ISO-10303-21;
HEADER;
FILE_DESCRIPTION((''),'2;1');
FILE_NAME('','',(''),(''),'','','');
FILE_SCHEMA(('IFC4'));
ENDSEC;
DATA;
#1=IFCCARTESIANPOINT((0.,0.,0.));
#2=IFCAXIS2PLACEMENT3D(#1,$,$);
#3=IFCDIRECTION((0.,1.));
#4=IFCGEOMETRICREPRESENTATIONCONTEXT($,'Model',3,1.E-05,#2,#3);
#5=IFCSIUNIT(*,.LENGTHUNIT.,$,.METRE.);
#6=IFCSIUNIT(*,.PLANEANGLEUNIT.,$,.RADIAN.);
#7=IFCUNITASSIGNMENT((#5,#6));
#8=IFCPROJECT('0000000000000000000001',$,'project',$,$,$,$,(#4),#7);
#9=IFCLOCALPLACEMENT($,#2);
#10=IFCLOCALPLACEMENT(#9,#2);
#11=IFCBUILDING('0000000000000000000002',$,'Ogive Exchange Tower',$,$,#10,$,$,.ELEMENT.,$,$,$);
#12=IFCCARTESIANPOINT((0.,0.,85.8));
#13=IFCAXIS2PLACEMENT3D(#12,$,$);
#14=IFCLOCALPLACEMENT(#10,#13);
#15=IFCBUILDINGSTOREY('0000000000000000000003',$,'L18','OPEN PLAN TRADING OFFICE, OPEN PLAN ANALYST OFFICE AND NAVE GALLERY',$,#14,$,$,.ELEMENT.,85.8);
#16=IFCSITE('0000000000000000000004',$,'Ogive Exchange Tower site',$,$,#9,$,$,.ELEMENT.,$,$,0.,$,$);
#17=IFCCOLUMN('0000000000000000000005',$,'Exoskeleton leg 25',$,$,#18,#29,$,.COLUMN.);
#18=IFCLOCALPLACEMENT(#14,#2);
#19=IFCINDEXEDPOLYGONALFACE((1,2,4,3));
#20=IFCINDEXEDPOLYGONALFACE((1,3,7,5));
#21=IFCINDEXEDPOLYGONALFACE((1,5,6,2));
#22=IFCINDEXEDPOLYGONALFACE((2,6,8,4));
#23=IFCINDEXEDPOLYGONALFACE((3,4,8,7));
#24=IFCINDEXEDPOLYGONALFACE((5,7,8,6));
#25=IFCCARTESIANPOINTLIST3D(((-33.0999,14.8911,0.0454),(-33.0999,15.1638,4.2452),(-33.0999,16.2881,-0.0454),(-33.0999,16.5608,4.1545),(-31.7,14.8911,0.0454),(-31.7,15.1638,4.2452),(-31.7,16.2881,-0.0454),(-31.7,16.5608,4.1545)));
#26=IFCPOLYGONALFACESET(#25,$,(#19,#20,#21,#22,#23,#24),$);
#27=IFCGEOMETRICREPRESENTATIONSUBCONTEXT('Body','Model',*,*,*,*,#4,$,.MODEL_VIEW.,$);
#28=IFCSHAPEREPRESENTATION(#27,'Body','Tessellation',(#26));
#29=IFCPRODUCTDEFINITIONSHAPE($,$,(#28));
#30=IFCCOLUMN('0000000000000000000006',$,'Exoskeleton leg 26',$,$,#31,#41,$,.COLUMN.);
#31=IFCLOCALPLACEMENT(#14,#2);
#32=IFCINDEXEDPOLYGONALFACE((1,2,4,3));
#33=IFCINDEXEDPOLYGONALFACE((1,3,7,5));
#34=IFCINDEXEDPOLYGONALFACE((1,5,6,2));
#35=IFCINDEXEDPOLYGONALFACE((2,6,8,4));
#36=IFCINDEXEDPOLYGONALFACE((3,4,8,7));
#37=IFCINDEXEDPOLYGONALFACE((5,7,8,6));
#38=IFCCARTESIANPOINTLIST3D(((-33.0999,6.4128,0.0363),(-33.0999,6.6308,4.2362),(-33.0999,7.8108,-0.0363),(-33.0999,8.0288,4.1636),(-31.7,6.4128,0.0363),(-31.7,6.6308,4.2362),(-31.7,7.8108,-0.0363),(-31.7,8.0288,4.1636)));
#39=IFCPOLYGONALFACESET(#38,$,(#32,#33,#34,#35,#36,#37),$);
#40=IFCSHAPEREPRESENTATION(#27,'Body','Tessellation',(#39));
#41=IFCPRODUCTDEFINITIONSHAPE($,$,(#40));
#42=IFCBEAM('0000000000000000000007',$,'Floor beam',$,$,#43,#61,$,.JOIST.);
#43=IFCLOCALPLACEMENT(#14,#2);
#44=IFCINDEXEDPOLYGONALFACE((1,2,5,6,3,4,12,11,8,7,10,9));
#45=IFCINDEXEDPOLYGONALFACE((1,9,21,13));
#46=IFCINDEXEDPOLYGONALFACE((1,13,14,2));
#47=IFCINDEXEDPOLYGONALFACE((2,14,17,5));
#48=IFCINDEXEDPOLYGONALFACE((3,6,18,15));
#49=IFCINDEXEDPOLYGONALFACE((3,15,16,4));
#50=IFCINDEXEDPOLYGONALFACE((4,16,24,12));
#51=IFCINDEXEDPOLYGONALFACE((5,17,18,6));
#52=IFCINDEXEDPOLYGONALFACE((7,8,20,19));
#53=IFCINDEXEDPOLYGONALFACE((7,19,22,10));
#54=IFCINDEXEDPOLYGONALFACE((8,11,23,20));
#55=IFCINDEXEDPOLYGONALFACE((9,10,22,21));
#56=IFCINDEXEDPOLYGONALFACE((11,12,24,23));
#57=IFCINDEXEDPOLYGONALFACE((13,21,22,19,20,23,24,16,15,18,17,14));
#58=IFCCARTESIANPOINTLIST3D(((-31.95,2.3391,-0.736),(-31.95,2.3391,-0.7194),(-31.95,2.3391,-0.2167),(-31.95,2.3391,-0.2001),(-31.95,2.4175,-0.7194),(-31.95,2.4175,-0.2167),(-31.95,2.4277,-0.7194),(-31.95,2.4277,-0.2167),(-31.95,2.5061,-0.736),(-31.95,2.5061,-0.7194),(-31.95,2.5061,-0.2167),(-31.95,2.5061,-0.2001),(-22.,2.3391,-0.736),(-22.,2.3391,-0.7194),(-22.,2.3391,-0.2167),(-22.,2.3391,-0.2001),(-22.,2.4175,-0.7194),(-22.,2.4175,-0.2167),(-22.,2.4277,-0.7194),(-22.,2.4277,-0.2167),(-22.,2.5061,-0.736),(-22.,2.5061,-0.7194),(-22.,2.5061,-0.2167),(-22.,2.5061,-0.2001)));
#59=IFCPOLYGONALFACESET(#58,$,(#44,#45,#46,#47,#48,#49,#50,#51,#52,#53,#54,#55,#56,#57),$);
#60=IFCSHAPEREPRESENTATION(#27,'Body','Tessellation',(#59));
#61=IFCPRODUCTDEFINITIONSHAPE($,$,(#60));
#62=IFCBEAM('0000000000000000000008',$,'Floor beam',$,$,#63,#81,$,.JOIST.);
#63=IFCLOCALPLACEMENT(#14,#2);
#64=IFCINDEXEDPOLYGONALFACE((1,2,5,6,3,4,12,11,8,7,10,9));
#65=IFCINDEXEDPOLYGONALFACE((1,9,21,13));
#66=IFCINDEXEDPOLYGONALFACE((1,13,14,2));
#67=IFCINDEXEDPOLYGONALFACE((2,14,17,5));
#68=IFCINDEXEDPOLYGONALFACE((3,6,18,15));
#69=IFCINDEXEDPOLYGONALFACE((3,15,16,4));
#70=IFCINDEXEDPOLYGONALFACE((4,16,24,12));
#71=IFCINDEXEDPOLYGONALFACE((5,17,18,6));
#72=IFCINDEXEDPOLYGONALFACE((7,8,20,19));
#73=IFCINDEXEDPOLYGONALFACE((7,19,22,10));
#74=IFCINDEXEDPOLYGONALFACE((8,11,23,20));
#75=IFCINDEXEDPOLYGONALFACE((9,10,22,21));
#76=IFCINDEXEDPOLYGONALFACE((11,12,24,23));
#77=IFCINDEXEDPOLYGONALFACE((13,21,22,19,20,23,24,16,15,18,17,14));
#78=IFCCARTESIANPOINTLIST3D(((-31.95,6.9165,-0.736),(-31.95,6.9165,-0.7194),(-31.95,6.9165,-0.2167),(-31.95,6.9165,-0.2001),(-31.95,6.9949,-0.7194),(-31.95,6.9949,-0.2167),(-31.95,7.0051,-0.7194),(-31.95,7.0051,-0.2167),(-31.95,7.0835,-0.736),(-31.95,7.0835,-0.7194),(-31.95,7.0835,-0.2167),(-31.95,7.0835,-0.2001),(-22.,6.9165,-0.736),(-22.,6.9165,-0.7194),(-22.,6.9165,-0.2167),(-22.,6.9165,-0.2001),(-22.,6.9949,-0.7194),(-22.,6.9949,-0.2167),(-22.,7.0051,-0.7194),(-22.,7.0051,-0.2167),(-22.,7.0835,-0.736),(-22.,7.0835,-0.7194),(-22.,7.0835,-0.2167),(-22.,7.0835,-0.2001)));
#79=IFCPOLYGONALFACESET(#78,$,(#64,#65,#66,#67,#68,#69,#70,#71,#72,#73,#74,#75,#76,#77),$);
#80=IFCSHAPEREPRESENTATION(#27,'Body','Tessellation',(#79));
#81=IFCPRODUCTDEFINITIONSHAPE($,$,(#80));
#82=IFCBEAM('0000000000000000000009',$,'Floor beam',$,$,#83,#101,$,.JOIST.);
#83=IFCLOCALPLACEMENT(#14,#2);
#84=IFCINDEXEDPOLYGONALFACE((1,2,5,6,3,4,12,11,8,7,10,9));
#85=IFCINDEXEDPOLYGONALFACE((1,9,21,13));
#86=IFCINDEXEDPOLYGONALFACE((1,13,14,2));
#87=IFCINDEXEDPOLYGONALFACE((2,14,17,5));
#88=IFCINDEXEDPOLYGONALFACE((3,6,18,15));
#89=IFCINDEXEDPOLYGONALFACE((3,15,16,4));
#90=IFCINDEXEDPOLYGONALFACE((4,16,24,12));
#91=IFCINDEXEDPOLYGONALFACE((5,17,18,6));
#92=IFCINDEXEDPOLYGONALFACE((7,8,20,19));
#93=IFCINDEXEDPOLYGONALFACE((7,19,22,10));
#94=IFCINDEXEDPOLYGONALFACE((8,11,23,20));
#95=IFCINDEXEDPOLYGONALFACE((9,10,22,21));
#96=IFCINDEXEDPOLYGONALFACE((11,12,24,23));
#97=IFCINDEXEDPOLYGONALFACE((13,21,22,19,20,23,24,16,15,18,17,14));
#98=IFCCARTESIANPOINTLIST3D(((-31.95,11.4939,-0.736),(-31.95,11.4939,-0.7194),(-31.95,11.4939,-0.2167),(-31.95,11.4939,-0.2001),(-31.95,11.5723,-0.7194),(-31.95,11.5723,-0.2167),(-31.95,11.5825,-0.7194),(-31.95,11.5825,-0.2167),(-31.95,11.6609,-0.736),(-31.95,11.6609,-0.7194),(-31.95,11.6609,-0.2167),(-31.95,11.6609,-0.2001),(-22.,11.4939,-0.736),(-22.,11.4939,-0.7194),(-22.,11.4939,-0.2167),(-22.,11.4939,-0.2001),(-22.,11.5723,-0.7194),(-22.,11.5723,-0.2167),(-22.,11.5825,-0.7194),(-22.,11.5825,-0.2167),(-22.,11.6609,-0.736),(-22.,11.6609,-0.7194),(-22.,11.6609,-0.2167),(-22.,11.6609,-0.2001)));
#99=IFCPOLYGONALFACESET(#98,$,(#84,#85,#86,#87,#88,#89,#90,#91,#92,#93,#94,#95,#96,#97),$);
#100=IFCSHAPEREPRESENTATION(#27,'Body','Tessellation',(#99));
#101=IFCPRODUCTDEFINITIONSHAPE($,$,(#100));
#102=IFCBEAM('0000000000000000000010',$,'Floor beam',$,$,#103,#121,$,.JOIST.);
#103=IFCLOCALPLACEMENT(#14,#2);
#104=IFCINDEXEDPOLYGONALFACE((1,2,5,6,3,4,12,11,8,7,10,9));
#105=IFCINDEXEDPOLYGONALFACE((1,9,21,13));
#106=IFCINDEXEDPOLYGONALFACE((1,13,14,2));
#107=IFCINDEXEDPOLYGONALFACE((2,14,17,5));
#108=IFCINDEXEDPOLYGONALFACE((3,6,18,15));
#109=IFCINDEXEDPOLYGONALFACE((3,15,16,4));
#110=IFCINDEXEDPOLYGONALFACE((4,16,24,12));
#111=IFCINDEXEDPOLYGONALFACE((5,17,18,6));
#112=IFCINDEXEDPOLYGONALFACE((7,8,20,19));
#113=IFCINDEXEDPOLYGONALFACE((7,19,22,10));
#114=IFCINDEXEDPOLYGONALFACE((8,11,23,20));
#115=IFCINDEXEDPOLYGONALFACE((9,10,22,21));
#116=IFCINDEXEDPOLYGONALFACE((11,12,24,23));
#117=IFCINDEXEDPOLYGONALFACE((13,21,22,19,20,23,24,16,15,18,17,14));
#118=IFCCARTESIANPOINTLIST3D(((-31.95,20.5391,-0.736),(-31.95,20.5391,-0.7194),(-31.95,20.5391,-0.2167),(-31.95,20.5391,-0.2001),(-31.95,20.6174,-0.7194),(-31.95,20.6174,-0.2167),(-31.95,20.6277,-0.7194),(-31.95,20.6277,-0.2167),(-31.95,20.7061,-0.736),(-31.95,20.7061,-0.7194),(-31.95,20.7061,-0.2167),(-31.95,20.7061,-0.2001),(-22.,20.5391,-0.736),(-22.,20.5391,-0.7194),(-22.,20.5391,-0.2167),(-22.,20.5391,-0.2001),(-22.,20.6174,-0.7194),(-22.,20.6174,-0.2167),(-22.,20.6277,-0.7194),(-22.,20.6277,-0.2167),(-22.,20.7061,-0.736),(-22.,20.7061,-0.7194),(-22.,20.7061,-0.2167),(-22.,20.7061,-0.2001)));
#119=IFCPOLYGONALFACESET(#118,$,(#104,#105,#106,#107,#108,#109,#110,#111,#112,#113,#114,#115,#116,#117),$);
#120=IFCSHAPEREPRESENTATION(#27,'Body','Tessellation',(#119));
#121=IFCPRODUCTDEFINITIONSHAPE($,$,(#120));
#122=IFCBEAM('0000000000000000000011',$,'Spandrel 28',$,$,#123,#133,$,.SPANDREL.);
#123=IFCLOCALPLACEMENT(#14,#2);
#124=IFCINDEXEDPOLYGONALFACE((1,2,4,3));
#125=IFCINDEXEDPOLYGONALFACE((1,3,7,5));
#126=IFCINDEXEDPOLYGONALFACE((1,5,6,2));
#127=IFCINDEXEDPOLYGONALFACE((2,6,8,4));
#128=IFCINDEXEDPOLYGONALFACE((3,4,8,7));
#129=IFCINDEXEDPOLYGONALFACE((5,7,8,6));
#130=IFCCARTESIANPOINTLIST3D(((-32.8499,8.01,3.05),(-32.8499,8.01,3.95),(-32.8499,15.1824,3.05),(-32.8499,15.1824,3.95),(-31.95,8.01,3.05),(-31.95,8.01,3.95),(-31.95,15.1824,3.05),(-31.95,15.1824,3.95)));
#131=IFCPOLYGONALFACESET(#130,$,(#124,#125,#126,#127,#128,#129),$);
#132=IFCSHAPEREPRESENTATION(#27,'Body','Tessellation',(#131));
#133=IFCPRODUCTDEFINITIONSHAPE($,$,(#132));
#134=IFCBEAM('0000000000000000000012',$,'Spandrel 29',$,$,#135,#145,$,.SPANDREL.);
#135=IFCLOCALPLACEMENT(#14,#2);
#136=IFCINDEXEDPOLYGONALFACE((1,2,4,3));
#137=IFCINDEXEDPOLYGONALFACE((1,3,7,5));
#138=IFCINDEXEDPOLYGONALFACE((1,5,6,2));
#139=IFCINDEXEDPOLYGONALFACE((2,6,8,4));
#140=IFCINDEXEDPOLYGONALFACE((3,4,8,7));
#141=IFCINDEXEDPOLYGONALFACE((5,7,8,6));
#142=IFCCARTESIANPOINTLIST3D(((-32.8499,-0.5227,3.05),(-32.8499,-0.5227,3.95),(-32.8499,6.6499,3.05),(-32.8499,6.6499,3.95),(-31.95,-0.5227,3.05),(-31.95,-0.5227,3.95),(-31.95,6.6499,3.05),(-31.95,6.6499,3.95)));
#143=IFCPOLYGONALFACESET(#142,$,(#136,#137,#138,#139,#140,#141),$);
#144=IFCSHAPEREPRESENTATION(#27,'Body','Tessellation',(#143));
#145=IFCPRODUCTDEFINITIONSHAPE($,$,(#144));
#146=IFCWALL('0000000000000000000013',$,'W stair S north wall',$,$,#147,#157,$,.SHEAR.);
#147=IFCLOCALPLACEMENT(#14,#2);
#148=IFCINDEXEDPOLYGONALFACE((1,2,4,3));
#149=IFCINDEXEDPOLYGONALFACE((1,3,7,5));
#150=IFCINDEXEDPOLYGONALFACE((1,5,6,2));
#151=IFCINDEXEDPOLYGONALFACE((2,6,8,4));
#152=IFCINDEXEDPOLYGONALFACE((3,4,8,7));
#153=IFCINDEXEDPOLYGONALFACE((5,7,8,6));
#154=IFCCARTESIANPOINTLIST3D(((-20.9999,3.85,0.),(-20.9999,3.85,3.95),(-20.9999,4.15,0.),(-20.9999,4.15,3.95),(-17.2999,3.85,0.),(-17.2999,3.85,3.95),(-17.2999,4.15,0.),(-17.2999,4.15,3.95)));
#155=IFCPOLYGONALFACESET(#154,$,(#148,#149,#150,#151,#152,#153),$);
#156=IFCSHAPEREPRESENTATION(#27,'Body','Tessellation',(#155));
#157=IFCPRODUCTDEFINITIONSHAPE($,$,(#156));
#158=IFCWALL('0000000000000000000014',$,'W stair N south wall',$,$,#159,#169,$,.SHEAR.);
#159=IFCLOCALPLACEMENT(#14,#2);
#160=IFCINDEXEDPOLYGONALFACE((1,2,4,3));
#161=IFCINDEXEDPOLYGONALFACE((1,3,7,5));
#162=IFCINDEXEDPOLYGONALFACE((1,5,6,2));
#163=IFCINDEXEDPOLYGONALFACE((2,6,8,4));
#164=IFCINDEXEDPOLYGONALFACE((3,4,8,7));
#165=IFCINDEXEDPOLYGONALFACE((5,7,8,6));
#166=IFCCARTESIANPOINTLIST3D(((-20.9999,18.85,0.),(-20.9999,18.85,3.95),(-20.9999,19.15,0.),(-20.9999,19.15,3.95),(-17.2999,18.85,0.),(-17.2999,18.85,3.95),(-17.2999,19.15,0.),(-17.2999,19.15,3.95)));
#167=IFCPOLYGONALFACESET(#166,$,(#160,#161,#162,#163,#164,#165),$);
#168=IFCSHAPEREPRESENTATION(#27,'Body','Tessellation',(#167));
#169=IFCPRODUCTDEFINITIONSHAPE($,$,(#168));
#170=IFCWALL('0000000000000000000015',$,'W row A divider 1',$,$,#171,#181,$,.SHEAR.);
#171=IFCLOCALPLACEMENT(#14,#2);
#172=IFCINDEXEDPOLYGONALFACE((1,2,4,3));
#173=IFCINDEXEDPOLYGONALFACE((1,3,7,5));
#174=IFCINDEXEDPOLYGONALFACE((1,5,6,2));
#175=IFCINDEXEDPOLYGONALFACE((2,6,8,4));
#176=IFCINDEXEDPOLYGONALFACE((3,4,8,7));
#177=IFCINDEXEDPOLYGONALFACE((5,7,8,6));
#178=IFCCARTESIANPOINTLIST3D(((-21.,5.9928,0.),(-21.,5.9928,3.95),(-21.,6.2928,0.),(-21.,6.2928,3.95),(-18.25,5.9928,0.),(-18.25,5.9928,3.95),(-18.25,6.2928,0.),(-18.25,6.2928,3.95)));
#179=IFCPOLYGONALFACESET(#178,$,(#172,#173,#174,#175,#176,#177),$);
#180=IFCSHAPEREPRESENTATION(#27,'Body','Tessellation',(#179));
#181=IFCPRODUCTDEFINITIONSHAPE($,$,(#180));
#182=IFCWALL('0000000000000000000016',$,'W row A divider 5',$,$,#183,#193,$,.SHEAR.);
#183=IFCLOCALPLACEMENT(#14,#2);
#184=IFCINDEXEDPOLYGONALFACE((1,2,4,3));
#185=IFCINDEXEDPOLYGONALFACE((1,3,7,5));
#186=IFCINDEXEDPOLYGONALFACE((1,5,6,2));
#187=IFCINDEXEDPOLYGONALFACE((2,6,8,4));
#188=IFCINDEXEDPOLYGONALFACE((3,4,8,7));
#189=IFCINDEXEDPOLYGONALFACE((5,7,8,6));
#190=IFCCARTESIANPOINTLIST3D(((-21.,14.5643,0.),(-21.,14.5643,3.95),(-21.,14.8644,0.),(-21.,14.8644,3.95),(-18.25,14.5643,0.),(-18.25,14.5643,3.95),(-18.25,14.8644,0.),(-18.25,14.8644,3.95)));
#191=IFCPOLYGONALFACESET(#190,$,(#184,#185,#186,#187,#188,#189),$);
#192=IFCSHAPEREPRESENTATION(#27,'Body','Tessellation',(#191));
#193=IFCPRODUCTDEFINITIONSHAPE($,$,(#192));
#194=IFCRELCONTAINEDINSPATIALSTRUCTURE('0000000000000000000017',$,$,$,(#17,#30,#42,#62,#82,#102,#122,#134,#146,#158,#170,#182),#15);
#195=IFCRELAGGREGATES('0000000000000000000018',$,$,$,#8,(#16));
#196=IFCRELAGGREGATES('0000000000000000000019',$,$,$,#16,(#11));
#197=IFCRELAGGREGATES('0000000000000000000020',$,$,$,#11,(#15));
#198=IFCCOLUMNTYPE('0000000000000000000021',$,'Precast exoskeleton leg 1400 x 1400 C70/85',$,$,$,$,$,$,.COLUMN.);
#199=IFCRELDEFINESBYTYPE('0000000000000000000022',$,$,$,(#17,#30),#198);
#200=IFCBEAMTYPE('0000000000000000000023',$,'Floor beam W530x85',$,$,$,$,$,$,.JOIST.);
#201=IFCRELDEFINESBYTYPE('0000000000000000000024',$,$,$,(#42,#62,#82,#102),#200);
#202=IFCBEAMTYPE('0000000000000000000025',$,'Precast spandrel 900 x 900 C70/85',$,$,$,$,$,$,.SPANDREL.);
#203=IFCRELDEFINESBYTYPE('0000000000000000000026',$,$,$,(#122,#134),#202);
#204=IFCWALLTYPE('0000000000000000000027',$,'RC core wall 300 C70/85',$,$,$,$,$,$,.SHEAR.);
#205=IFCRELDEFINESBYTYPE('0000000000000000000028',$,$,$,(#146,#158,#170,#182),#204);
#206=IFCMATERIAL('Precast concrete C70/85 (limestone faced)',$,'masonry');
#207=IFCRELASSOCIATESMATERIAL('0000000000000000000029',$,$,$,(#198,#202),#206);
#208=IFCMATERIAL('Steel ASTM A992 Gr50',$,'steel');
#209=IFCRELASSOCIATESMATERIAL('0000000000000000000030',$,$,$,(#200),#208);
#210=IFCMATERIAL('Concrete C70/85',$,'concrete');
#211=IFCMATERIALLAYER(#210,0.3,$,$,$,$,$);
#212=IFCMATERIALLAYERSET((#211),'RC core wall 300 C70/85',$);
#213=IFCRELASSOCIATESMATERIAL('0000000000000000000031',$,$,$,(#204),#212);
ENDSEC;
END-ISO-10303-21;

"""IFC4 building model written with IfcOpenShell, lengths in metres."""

from ifc_helpers import new_model, si_unit, direction, frame, frame_2d, origin, origin_2d, place, context, subcontext, project, spatial, rectangle, i_section, extrude, material, layer, layer_set, material_profile, profile_set, type_object, element, save


model = new_model("IFC4")

# Units and contexts
model_context = context("Model", 3, precision=1e-05, world=origin(), true_north=direction((0.0, 1.0)))
body_context = subcontext(model_context, "Body", "Model", "MODEL_VIEW")
ifc_project = project(units=[si_unit("LENGTHUNIT", "METRE"), si_unit("PLANEANGLEUNIT", "RADIAN")], contexts=[model_context])

# Site, building, storey
site_placement = place(None, origin())
site = spatial("IfcSite", under=ifc_project, at=site_placement, Name="Ogive Exchange Tower site", CompositionType="ELEMENT", RefElevation=0.0)
building_placement = place(site_placement, origin())
building = spatial("IfcBuilding", under=site, at=building_placement, Name="Ogive Exchange Tower", CompositionType="ELEMENT")
storey_placement = place(building_placement, frame((0.0, 0.0, 85.8)))
storey = spatial("IfcBuildingStorey", under=building, at=storey_placement, Name="L18", Description="OPEN PLAN TRADING OFFICE, OPEN PLAN ANALYST OFFICE AND NAVE GALLERY", CompositionType="ELEMENT", Elevation=85.8)

# Columns
ifc_material_1 = material(Name="Precast concrete C70/85 (limestone faced)", Category="masonry")
ifc_material_profile_1 = material_profile(ifc_material_1, rectangle(XDim=1.3999, YDim=1.3999, at=origin_2d()), Name="1400 x 1400")
ifc_profile_set_1 = profile_set([ifc_material_profile_1], Name="Precast concrete C70/85 (limestone faced)")
column_type = type_object("IfcColumnType", Name="Precast exoskeleton leg 1400 x 1400 C70/85", PredefinedType="COLUMN", material=ifc_profile_set_1)
column_1_placement = place(storey_placement, frame((-32.3999, 15.5896, 0.0), z_axis=(0.0, 0.064794, 0.997899), x_axis=(-1.0, 0.0, 0.0)))
element("IfcColumn", 1, at=column_1_placement, inside=storey, type_object=column_type, Name="Exoskeleton leg 25", PredefinedType="COLUMN", context=body_context, shape_type="SweptSolid", body=[
    extrude(rectangle(XDim=1.3999, YDim=1.3999, at=origin_2d()), origin(), (0.0, 0.0, 1.0), 4.2087),
])
column_2_placement = place(storey_placement, frame((-32.3999, 7.1118, 0.0), z_axis=(0.0, 0.05184, 0.998655), x_axis=(-1.0, 0.0, 0.0)))
element("IfcColumn", 2, at=column_2_placement, inside=storey, type_object=column_type, Name="Exoskeleton leg 26", PredefinedType="COLUMN", context=body_context, shape_type="SweptSolid", body=[
    extrude(rectangle(XDim=1.3999, YDim=1.3999, at=origin_2d()), origin(), (0.0, 0.0, 1.0), 4.2056),
])

# Beams
ifc_material_2 = material(Name="Steel ASTM A992 Gr50", Category="steel")
ifc_material_profile_2 = material_profile(ifc_material_2, i_section(OverallWidth=0.167, OverallDepth=0.5359, WebThickness=0.0103, FlangeThickness=0.0166, at=origin_2d()), Name="W530x85")
ifc_profile_set_2 = profile_set([ifc_material_profile_2], Name="Steel ASTM A992 Gr50")
beam_type_1 = type_object("IfcBeamType", Name="Floor beam W530x85", PredefinedType="JOIST", material=ifc_profile_set_2)
for number, where, z_axis, x_axis, name in (
    (3, (-31.95, 2.4226, -0.468), (1.0, 0.0, 0.0), (0.0, 1.0, 0.0), "Floor beam"),
    (4, (-31.95, 7.0, -0.468), (1.0, 0.0, 0.0), (0.0, 1.0, 0.0), "Floor beam"),
    (5, (-31.95, 11.5774, -0.468), (1.0, 0.0, 0.0), (0.0, 1.0, 0.0), "Floor beam"),
    (6, (-31.95, 20.6226, -0.468), (1.0, 0.0, 0.0), (0.0, 1.0, 0.0), "Floor beam"),
):
    element("IfcBeam", number, at=place(storey_placement, frame(where, z_axis=z_axis, x_axis=x_axis)), inside=storey, type_object=beam_type_1, Name=name, PredefinedType="JOIST", context=body_context, shape_type="SweptSolid", body=[
        extrude(i_section(OverallWidth=0.167, OverallDepth=0.5359, WebThickness=0.0103, FlangeThickness=0.0166, at=origin_2d()), origin(), (0.0, 0.0, 1.0), 9.95),
    ])
ifc_material_profile_3 = material_profile(ifc_material_1, rectangle(XDim=0.8999, YDim=0.8999, at=origin_2d()), Name="900 x 900")
ifc_profile_set_3 = profile_set([ifc_material_profile_3], Name="Precast concrete C70/85 (limestone faced)")
beam_type_2 = type_object("IfcBeamType", Name="Precast spandrel 900 x 900 C70/85", PredefinedType="SPANDREL", material=ifc_profile_set_3)
beam_1_placement = place(storey_placement, frame((-32.3999, 15.1824, 3.5), z_axis=(0.0, -1.0, 0.0), x_axis=(1.0, 0.0, 0.0)))
element("IfcBeam", 7, at=beam_1_placement, inside=storey, type_object=beam_type_2, Name="Spandrel 28", PredefinedType="SPANDREL", context=body_context, shape_type="SweptSolid", body=[
    extrude(rectangle(XDim=0.8999, YDim=0.8999, at=origin_2d()), origin(), (0.0, 0.0, 1.0), 7.1724),
])
beam_2_placement = place(storey_placement, frame((-32.3999, 6.6499, 3.5), z_axis=(0.0, -1.0, 0.0), x_axis=(1.0, 0.0, 0.0)))
element("IfcBeam", 8, at=beam_2_placement, inside=storey, type_object=beam_type_2, Name="Spandrel 29", PredefinedType="SPANDREL", context=body_context, shape_type="SweptSolid", body=[
    extrude(rectangle(XDim=0.8999, YDim=0.8999, at=origin_2d()), origin(), (0.0, 0.0, 1.0), 7.1726),
])

# Walls
ifc_material_3 = material(Name="Concrete C70/85", Category="concrete")
ifc_layer = layer(ifc_material_3, 0.3)
ifc_layer_set = layer_set([ifc_layer], Name="RC core wall 300 C70/85")
wall_type = type_object("IfcWallType", Name="RC core wall 300 C70/85", PredefinedType="SHEAR", material=ifc_layer_set)
for number, where, z_axis, x_axis, name in (
    (9, (-21.0, 4.0, 0.0), (0.0, 0.0, 1.0), (1.0, 0.0, 0.0), "W stair S north wall"),
    (10, (-21.0, 19.0, 0.0), (0.0, 0.0, 1.0), (1.0, 0.0, 0.0), "W stair N south wall"),
):
    element("IfcWall", number, at=place(storey_placement, frame(where, z_axis=z_axis, x_axis=x_axis)), inside=storey, type_object=wall_type, Name=name, PredefinedType="SHEAR", context=body_context, shape_type="SweptSolid", body=[
        extrude(rectangle(XDim=3.7, YDim=0.3, at=frame_2d((1.8501, 0.0))), origin(), (0.0, 0.0, 1.0), 3.95),
    ])
for number, where, z_axis, x_axis, name in (
    (11, (-21.0, 6.1428, 0.0), (0.0, 0.0, 1.0), (1.0, 0.0, 0.0), "W row A divider 1"),
    (12, (-21.0, 14.7144, 0.0), (0.0, 0.0, 1.0), (1.0, 0.0, 0.0), "W row A divider 5"),
):
    element("IfcWall", number, at=place(storey_placement, frame(where, z_axis=z_axis, x_axis=x_axis)), inside=storey, type_object=wall_type, Name=name, PredefinedType="SHEAR", context=body_context, shape_type="SweptSolid", body=[
        extrude(rectangle(XDim=2.75, YDim=0.3, at=frame_2d((1.375, 0.0))), origin(), (0.0, 0.0, 1.0), 3.95),
    ])

save(model, "model.ifc")
